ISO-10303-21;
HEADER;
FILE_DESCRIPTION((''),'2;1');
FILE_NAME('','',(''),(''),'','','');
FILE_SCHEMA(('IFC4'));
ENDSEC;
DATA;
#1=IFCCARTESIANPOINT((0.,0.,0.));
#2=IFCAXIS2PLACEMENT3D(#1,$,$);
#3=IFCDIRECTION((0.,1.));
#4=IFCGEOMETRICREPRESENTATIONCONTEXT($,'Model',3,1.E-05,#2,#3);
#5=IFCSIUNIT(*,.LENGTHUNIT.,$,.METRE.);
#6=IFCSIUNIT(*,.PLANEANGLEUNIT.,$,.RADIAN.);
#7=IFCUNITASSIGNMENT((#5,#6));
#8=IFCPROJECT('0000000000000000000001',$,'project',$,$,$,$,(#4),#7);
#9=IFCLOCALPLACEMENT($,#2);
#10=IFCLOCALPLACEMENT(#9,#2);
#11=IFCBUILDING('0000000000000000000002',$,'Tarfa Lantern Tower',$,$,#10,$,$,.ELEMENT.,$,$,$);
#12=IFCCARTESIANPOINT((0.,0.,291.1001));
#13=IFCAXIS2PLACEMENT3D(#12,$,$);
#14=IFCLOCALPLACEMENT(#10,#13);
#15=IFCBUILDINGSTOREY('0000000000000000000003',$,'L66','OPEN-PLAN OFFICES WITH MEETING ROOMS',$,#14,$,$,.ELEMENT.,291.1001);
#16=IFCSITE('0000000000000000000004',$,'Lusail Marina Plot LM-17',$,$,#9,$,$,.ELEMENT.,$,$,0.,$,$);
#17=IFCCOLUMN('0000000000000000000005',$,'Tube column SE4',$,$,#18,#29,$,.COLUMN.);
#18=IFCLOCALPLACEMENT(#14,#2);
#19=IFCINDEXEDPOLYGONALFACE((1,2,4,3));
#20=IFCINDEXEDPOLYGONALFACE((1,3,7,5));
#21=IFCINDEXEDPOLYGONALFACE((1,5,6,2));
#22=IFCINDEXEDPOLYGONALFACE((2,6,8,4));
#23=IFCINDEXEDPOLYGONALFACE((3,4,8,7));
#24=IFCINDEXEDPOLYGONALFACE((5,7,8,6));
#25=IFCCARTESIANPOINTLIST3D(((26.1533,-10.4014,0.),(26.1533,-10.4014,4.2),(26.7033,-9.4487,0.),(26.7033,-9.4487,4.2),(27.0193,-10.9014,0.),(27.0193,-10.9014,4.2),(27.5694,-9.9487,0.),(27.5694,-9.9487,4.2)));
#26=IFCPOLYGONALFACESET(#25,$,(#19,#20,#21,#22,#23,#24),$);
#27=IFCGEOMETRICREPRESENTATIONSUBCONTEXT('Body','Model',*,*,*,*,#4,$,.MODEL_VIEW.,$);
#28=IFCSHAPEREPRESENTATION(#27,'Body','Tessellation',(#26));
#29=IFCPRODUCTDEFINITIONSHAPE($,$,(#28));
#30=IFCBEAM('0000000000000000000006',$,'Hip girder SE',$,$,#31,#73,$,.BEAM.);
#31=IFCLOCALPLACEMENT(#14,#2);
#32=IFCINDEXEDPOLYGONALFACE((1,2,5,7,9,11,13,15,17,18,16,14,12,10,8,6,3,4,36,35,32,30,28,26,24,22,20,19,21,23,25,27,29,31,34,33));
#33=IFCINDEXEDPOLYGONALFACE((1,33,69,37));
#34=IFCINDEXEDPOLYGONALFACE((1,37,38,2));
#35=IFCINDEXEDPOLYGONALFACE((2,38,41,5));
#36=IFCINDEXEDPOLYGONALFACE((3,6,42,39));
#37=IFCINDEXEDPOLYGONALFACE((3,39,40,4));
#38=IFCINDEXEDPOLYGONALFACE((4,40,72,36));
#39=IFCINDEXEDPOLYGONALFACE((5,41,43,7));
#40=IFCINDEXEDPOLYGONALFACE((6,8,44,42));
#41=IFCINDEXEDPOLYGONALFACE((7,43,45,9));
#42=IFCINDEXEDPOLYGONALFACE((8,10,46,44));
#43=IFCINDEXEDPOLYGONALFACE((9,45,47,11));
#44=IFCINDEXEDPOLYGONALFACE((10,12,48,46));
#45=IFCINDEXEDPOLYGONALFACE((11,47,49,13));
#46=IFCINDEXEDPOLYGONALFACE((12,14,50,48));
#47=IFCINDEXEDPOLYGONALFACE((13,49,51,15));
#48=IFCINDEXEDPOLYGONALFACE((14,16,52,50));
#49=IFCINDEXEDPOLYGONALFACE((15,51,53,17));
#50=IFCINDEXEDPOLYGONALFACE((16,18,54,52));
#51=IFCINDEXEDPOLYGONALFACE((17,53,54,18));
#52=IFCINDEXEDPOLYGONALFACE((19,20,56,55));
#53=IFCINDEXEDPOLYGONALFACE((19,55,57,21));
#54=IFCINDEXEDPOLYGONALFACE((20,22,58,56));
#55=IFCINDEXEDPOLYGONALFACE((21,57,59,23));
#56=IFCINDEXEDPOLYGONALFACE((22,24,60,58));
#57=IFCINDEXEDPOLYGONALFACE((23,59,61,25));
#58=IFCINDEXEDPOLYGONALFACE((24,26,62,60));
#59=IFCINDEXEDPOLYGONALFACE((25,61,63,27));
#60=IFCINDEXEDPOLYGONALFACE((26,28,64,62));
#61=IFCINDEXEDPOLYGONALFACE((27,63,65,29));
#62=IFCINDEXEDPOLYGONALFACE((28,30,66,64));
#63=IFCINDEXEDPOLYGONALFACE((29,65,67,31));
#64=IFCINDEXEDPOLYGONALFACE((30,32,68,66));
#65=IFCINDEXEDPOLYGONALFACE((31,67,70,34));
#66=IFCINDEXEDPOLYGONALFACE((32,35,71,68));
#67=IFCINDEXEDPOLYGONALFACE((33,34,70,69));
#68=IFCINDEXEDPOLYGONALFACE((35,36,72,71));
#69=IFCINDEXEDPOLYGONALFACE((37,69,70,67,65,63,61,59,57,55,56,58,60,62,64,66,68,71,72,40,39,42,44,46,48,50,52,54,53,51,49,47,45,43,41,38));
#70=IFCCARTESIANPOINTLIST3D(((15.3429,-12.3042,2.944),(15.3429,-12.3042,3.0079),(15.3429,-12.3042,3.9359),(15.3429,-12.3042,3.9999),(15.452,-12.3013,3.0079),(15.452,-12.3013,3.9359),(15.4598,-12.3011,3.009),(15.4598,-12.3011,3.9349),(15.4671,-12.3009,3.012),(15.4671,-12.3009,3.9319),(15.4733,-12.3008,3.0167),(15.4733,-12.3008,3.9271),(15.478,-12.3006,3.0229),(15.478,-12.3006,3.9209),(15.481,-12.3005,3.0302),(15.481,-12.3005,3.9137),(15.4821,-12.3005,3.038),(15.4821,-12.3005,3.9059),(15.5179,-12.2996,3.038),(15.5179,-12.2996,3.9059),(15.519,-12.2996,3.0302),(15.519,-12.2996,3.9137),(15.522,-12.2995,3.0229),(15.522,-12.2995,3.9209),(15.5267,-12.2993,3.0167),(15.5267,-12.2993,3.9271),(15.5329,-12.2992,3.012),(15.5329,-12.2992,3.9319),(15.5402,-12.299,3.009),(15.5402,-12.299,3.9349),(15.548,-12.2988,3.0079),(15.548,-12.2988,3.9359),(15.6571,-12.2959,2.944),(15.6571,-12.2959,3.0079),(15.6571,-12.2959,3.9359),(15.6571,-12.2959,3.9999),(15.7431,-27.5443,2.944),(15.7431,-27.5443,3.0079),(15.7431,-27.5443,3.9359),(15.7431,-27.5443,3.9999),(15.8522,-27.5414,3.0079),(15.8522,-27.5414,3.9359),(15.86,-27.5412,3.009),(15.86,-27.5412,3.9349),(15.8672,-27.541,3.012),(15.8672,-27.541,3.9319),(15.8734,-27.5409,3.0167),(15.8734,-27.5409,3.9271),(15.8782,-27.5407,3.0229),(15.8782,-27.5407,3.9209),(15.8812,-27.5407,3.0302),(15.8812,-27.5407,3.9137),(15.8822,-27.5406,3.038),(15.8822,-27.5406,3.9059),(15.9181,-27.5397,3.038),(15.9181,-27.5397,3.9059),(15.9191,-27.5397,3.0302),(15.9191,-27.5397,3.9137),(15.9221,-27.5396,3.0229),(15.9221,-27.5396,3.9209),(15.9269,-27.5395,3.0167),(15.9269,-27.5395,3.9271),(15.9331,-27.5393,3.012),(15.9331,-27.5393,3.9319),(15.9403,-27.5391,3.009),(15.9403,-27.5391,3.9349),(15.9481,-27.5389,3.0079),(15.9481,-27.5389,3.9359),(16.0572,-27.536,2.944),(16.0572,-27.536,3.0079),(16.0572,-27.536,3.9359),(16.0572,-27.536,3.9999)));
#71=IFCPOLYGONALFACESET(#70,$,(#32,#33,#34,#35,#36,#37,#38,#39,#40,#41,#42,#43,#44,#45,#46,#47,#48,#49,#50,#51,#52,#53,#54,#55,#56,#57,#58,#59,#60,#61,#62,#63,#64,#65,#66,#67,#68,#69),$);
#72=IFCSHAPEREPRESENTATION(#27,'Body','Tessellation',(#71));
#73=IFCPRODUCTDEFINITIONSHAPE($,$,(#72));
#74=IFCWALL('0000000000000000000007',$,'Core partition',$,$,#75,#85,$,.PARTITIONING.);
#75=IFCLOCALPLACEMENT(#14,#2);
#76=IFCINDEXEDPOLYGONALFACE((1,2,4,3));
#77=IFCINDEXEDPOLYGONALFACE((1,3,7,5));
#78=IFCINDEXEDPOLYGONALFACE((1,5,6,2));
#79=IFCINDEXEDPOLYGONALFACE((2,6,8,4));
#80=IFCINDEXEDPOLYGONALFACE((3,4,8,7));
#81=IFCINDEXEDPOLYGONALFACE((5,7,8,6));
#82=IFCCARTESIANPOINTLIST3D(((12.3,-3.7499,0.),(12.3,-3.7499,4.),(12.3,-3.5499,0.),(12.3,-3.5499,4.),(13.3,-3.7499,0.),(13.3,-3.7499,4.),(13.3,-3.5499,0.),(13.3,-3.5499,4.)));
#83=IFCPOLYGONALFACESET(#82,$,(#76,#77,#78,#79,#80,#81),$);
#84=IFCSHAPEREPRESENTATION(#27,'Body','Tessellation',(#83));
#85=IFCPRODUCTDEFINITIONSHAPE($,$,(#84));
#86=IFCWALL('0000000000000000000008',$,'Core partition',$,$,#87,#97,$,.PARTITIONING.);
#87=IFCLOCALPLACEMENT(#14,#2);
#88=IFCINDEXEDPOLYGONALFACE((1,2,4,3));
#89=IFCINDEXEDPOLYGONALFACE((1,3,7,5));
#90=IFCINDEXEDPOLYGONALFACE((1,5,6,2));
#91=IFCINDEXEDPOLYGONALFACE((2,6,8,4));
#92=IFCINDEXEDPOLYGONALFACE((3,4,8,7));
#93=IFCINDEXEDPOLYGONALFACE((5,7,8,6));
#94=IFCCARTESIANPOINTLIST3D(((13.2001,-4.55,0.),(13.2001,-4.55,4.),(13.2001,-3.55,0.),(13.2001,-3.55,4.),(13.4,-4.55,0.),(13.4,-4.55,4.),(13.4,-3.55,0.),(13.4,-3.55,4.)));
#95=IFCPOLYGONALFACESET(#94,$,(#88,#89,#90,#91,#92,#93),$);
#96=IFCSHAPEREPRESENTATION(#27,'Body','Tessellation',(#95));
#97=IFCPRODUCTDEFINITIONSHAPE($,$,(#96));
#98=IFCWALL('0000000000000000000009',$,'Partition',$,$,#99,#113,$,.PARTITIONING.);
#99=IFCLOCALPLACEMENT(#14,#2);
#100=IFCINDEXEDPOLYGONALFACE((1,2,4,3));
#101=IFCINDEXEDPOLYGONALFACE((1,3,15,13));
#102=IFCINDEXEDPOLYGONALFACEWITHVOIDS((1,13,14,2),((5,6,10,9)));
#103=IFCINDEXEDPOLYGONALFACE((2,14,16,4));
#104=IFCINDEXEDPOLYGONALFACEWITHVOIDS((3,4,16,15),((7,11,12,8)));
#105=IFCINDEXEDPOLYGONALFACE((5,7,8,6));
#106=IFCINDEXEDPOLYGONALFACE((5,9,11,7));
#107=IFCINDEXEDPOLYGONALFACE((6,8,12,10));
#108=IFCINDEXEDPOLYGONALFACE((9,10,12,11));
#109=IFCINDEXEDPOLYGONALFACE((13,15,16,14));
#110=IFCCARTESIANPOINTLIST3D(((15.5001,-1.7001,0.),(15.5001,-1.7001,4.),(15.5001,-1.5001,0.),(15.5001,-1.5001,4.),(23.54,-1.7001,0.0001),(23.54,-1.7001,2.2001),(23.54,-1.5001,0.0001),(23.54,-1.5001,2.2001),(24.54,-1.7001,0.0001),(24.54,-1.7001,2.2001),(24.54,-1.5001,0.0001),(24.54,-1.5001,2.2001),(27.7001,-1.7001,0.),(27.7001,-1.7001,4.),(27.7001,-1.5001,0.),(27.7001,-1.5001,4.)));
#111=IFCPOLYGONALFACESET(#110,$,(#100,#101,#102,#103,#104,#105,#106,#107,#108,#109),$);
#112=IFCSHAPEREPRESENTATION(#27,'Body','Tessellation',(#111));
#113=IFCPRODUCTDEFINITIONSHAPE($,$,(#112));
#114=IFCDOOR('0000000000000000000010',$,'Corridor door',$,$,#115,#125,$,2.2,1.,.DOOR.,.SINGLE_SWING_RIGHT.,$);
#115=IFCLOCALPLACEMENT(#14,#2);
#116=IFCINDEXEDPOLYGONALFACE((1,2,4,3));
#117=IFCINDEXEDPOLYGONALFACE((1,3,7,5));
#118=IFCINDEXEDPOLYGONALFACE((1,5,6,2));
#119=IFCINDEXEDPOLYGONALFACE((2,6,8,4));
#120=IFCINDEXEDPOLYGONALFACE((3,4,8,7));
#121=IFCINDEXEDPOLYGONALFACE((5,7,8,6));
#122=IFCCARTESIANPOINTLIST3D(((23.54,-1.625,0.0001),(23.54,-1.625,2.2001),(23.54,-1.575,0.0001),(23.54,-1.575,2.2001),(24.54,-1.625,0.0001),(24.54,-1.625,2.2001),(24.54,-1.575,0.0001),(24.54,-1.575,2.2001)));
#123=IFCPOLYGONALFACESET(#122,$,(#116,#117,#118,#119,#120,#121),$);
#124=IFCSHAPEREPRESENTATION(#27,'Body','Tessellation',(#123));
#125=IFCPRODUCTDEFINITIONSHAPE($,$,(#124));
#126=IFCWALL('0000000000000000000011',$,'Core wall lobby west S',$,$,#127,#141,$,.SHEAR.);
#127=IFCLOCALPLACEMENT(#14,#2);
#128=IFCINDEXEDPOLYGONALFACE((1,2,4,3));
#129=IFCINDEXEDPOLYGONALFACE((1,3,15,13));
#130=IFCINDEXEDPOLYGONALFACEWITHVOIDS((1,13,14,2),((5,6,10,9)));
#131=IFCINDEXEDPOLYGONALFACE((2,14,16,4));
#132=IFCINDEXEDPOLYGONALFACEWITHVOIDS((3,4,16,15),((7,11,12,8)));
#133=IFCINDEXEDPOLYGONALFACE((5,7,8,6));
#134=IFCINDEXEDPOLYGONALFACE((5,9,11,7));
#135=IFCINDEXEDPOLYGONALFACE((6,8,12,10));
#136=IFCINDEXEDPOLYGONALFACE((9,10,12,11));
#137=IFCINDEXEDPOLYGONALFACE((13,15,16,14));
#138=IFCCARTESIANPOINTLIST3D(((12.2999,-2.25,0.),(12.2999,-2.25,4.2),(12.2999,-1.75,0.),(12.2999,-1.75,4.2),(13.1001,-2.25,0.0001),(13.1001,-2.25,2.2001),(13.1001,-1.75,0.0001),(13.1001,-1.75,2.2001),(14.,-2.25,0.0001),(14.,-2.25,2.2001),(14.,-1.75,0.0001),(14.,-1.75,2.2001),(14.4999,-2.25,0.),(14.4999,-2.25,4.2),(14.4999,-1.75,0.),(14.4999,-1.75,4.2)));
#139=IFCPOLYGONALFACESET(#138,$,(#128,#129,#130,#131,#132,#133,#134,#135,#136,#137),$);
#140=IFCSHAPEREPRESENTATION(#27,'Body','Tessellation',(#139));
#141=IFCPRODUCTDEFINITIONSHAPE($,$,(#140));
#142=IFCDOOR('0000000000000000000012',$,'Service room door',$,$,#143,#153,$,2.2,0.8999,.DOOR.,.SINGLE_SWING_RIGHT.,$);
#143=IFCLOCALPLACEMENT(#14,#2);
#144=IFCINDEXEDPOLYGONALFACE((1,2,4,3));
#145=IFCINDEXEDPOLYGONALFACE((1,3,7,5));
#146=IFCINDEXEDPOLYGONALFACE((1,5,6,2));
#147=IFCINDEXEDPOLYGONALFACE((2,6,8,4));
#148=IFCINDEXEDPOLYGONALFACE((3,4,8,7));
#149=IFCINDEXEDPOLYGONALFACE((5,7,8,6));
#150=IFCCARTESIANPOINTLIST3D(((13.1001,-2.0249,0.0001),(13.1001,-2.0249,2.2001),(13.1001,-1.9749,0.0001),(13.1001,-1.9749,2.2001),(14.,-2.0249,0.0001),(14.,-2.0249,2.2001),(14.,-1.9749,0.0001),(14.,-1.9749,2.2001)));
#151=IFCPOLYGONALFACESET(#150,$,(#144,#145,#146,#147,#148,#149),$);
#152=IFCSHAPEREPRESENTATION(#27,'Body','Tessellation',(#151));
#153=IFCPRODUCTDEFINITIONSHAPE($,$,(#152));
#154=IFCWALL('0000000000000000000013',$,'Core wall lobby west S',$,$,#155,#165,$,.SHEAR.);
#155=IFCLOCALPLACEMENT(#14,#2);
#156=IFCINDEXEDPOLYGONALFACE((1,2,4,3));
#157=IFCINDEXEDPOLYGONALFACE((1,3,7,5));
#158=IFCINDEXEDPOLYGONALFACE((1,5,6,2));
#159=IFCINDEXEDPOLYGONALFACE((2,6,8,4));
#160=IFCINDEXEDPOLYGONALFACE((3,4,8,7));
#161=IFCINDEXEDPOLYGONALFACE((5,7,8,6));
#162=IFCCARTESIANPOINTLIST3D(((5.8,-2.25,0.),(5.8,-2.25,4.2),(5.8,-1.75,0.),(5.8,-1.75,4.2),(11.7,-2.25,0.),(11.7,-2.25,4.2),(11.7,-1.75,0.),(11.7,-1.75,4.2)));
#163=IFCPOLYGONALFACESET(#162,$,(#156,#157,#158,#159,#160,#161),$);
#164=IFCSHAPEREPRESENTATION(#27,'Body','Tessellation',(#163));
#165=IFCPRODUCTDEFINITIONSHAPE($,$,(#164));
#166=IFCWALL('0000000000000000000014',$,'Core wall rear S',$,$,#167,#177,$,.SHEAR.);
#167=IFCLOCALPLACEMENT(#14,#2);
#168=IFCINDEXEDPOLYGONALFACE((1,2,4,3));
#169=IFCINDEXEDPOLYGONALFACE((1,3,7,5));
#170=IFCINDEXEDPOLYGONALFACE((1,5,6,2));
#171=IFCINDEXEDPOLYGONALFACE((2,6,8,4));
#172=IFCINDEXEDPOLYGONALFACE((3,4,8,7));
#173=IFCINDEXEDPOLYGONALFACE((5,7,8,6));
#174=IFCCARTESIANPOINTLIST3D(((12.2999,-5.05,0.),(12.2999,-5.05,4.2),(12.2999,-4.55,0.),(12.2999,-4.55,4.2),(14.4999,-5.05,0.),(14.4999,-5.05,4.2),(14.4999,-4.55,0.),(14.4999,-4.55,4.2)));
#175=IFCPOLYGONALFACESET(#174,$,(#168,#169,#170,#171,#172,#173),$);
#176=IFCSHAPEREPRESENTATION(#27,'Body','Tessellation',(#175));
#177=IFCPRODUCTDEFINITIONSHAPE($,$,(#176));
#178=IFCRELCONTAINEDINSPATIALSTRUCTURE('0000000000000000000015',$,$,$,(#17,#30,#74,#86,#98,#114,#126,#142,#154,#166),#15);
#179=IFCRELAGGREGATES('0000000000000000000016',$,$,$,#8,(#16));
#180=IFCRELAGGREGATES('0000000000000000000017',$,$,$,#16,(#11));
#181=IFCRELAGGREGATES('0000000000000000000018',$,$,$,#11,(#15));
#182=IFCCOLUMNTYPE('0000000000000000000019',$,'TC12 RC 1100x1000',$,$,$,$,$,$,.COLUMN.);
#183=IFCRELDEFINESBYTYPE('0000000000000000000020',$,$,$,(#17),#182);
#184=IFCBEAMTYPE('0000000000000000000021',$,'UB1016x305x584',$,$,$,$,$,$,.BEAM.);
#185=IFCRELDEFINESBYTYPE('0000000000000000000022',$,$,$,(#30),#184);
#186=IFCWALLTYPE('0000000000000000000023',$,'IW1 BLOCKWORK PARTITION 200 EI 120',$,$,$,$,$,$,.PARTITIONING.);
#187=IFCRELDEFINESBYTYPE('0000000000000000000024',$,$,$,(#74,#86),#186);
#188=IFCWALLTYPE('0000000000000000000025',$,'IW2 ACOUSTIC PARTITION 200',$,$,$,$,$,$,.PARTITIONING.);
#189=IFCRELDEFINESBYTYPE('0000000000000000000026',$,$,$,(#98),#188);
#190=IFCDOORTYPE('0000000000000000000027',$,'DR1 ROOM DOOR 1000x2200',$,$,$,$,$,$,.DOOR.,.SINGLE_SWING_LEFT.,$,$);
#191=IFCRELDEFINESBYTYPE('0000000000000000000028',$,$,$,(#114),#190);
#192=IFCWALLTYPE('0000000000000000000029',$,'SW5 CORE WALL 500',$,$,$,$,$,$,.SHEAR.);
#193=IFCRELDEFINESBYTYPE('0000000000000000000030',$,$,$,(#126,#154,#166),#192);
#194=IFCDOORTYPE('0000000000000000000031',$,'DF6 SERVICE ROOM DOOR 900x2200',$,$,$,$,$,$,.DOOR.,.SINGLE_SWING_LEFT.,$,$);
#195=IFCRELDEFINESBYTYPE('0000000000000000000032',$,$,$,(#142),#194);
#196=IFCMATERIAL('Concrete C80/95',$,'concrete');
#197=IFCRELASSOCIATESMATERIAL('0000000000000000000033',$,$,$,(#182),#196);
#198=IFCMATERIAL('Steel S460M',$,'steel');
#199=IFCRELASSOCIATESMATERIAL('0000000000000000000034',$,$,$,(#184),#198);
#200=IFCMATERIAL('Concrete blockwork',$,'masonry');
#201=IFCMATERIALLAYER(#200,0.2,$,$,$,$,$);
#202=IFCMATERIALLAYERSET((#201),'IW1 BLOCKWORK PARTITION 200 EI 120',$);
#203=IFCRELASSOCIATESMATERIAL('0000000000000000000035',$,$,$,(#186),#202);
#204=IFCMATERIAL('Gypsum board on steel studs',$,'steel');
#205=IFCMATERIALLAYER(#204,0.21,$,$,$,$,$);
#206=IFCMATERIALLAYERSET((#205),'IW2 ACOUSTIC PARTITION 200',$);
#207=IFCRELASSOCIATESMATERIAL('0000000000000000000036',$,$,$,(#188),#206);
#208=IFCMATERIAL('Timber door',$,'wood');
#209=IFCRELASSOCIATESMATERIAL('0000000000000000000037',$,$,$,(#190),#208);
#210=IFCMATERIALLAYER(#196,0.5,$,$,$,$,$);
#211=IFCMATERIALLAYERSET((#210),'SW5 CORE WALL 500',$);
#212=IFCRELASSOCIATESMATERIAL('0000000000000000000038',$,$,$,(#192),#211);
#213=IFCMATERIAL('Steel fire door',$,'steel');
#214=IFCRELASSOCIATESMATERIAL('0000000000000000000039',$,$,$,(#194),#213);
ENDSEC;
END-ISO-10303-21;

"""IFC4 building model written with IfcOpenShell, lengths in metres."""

from ifc_helpers import new_model, si_unit, direction, frame, frame_2d, origin, origin_2d, place, context, subcontext, project, spatial, rectangle, i_section, extrude, material, layer, layer_set, material_profile, profile_set, type_object, element, fill, save


model = new_model("IFC4")

# Units and contexts
model_context = context("Model", 3, precision=1e-05, world=origin(), true_north=direction((0.0, 1.0)))
body_context = subcontext(model_context, "Body", "Model", "MODEL_VIEW")
ifc_project = project(units=[si_unit("LENGTHUNIT", "METRE"), si_unit("PLANEANGLEUNIT", "RADIAN")], contexts=[model_context])

# Site, building, storey
site_placement = place(None, origin())
site = spatial("IfcSite", under=ifc_project, at=site_placement, Name="Lusail Marina Plot LM-17", CompositionType="ELEMENT", RefElevation=0.0)
building_placement = place(site_placement, origin())
building = spatial("IfcBuilding", under=site, at=building_placement, Name="Tarfa Lantern Tower", CompositionType="ELEMENT")
storey_placement = place(building_placement, frame((0.0, 0.0, 291.1001)))
storey = spatial("IfcBuildingStorey", under=building, at=storey_placement, Name="L66", Description="OPEN-PLAN OFFICES WITH MEETING ROOMS", CompositionType="ELEMENT", Elevation=291.1001)

# Column
ifc_material_1 = material(Name="Concrete C80/95", Category="concrete")
ifc_material_profile_1 = material_profile(ifc_material_1, rectangle(XDim=1.1001, YDim=1.0, at=origin_2d()), Name="RC 1100x1000")
ifc_profile_set_1 = profile_set([ifc_material_profile_1], Name="Concrete C80/95")
column_type = type_object("IfcColumnType", Name="TC12 RC 1100x1000", PredefinedType="COLUMN", material=ifc_profile_set_1)
column_placement = place(storey_placement, frame((26.8613, -10.175, 0.0), z_axis=(0.0, 0.0, 1.0), x_axis=(0.5, 0.866025, 0.0)))
element("IfcColumn", 1, at=column_placement, inside=storey, type_object=column_type, Name="Tube column SE4", PredefinedType="COLUMN", context=body_context, shape_type="SweptSolid", body=[
    extrude(rectangle(XDim=1.1001, YDim=1.0, at=origin_2d()), origin(), (0.0, 0.0, 1.0), 4.2),
])

# Beam
ifc_material_2 = material(Name="Steel S460M", Category="steel")
ifc_material_profile_2 = material_profile(ifc_material_2, i_section(OverallWidth=0.3142, OverallDepth=1.0559, WebThickness=0.0359, FlangeThickness=0.064, FilletRadius=0.03, at=origin_2d()), Name="UB1016x305x584")
ifc_profile_set_2 = profile_set([ifc_material_profile_2], Name="Steel S460M")
beam_type = type_object("IfcBeamType", Name="UB1016x305x584", PredefinedType="BEAM", material=ifc_profile_set_2)
beam_placement = place(storey_placement, frame((15.5, -12.3, 3.4719), z_axis=(0.026247, -0.999655, 0.0), x_axis=(0.999655, 0.026247, 0.0)))
element("IfcBeam", 2, at=beam_placement, inside=storey, type_object=beam_type, Name="Hip girder SE", PredefinedType="BEAM", context=body_context, shape_type="SweptSolid", body=[
    extrude(i_section(OverallWidth=0.3142, OverallDepth=1.0559, WebThickness=0.0359, FlangeThickness=0.064, FilletRadius=0.03, at=origin_2d()), origin(), (0.0, 0.0, 1.0), 15.2454),
])

# Walls
ifc_material_3 = material(Name="Concrete blockwork", Category="masonry")
ifc_layer_1 = layer(ifc_material_3, 0.2)
ifc_layer_set_1 = layer_set([ifc_layer_1], Name="IW1 BLOCKWORK PARTITION 200 EI 120")
wall_type_1 = type_object("IfcWallType", Name="IW1 BLOCKWORK PARTITION 200 EI 120", PredefinedType="PARTITIONING", material=ifc_layer_set_1)
for number, where, z_axis, x_axis, name in (
    (3, (13.3, -3.6499, 0.0), (0.0, 0.0, 1.0), (-1.0, 0.0, 0.0), "Core partition"),
    (4, (13.3, -3.55, 0.0), (0.0, 0.0, 1.0), (0.0, -1.0, 0.0), "Core partition"),
):
    element("IfcWall", number, at=place(storey_placement, frame(where, z_axis=z_axis, x_axis=x_axis)), inside=storey, type_object=wall_type_1, Name=name, PredefinedType="PARTITIONING", context=body_context, shape_type="SweptSolid", body=[
        extrude(rectangle(XDim=1.0, YDim=0.2, at=frame_2d((0.5, 0.0))), origin(), (0.0, 0.0, 1.0), 4.0),
    ])

# Walls, openings, doors
ifc_material_4 = material(Name="Gypsum board on steel studs", Category="steel")
ifc_layer_2 = layer(ifc_material_4, 0.21)
ifc_layer_set_2 = layer_set([ifc_layer_2], Name="IW2 ACOUSTIC PARTITION 200")
wall_type_2 = type_object("IfcWallType", Name="IW2 ACOUSTIC PARTITION 200", PredefinedType="PARTITIONING", material=ifc_layer_set_2)
wall_1_placement = place(storey_placement, frame((15.5, -1.6001, 0.0), z_axis=(0.0, 0.0, 1.0), x_axis=(1.0, 0.0, 0.0)))
wall_1 = element("IfcWall", 5, at=wall_1_placement, inside=storey, type_object=wall_type_2, Name="Partition", PredefinedType="PARTITIONING", context=body_context, shape_type="SweptSolid", body=[
    extrude(rectangle(XDim=12.2, YDim=0.2, at=frame_2d((6.1001, 0.0))), origin(), (0.0, 0.0, 1.0), 4.0),
])
opening_1_placement = place(wall_1_placement, frame((8.04, 0.0, 0.0)))
opening_1 = element("IfcOpeningElement", 6, at=opening_1_placement, cuts=wall_1, PredefinedType="OPENING", context=body_context, shape_type="SweptSolid", body=[
    extrude(rectangle(XDim=1.0, YDim=2.2, at=frame_2d((0.5, 1.1001))), frame((0.0, 0.1099, 0.0), z_axis=(0.0, -1.0, 0.0), x_axis=(1.0, 0.0, 0.0)), (0.0, 0.0, 1.0), 0.22),
])
ifc_material_5 = material(Name="Timber door", Category="wood")
door_type_1 = type_object("IfcDoorType", Name="DR1 ROOM DOOR 1000x2200", OperationType="SINGLE_SWING_LEFT", PredefinedType="DOOR", material=ifc_material_5)
door_1_placement = place(opening_1_placement, frame((1.0, 0.0, 0.0), z_axis=(0.0, 0.0, 1.0), x_axis=(-1.0, 0.0, 0.0)))
door_1 = element("IfcDoor", 7, at=door_1_placement, inside=storey, type_object=door_type_1, Name="Corridor door", OperationType="SINGLE_SWING_RIGHT", OverallHeight=2.2, OverallWidth=1.0, PredefinedType="DOOR", context=body_context, shape_type="SweptSolid", body=[
    extrude(rectangle(XDim=1.0, YDim=2.2, at=frame_2d((0.5, 1.1001))), frame((0.0, 0.0249, 0.0), z_axis=(0.0, -1.0, 0.0), x_axis=(1.0, 0.0, 0.0)), (0.0, 0.0, 1.0), 0.05),
])
fill(opening_1, door_1)
ifc_material_6 = material(Name="Steel fire door", Category="steel")
ifc_layer_3 = layer(ifc_material_1, 0.5)
ifc_layer_set_3 = layer_set([ifc_layer_3], Name="SW5 CORE WALL 500")
wall_type_3 = type_object("IfcWallType", Name="SW5 CORE WALL 500", PredefinedType="SHEAR", material=ifc_layer_set_3)
wall_2_placement = place(storey_placement, frame((14.5, -2.0, 0.0), z_axis=(0.0, 0.0, 1.0), x_axis=(-1.0, 0.0, 0.0)))
wall_2 = element("IfcWall", 8, at=wall_2_placement, inside=storey, type_object=wall_type_3, Name="Core wall lobby west S", PredefinedType="SHEAR", context=body_context, shape_type="SweptSolid", body=[
    extrude(rectangle(XDim=2.2, YDim=0.5, at=frame_2d((1.1001, 0.0))), origin(), (0.0, 0.0, 1.0), 4.2),
])
opening_2_placement = place(wall_2_placement, frame((0.5, 0.0, 0.0)))
opening_2 = element("IfcOpeningElement", 9, at=opening_2_placement, cuts=wall_2, PredefinedType="OPENING", context=body_context, shape_type="SweptSolid", body=[
    extrude(rectangle(XDim=0.8999, YDim=2.2, at=frame_2d((0.45, 1.1001))), frame((0.0, 0.26, 0.0), z_axis=(0.0, -1.0, 0.0), x_axis=(1.0, 0.0, 0.0)), (0.0, 0.0, 1.0), 0.52),
])
door_type_2 = type_object("IfcDoorType", Name="DF6 SERVICE ROOM DOOR 900x2200", OperationType="SINGLE_SWING_LEFT", PredefinedType="DOOR", material=ifc_material_6)
door_2_placement = place(opening_2_placement, origin())
door_2 = element("IfcDoor", 10, at=door_2_placement, inside=storey, type_object=door_type_2, Name="Service room door", OperationType="SINGLE_SWING_RIGHT", OverallHeight=2.2, OverallWidth=0.8999, PredefinedType="DOOR", context=body_context, shape_type="SweptSolid", body=[
    extrude(rectangle(XDim=0.8999, YDim=2.2, at=frame_2d((0.45, 1.1001))), frame((0.0, 0.0249, 0.0), z_axis=(0.0, -1.0, 0.0), x_axis=(1.0, 0.0, 0.0)), (0.0, 0.0, 1.0), 0.05),
])
fill(opening_2, door_2)

# Walls
wall_3_placement = place(storey_placement, frame((11.7, -2.0, 0.0), z_axis=(0.0, 0.0, 1.0), x_axis=(-1.0, 0.0, 0.0)))
element("IfcWall", 11, at=wall_3_placement, inside=storey, type_object=wall_type_3, Name="Core wall lobby west S", PredefinedType="SHEAR", context=body_context, shape_type="SweptSolid", body=[
    extrude(rectangle(XDim=5.8999, YDim=0.5, at=frame_2d((2.95, 0.0))), origin(), (0.0, 0.0, 1.0), 4.2),
])
wall_4_placement = place(storey_placement, frame((14.5, -4.8, 0.0), z_axis=(0.0, 0.0, 1.0), x_axis=(-1.0, 0.0, 0.0)))
element("IfcWall", 12, at=wall_4_placement, inside=storey, type_object=wall_type_3, Name="Core wall rear S", PredefinedType="SHEAR", context=body_context, shape_type="SweptSolid", body=[
    extrude(rectangle(XDim=2.2, YDim=0.5, at=frame_2d((1.1001, 0.0))), origin(), (0.0, 0.0, 1.0), 4.2),
])

save(model, "model.ifc")
